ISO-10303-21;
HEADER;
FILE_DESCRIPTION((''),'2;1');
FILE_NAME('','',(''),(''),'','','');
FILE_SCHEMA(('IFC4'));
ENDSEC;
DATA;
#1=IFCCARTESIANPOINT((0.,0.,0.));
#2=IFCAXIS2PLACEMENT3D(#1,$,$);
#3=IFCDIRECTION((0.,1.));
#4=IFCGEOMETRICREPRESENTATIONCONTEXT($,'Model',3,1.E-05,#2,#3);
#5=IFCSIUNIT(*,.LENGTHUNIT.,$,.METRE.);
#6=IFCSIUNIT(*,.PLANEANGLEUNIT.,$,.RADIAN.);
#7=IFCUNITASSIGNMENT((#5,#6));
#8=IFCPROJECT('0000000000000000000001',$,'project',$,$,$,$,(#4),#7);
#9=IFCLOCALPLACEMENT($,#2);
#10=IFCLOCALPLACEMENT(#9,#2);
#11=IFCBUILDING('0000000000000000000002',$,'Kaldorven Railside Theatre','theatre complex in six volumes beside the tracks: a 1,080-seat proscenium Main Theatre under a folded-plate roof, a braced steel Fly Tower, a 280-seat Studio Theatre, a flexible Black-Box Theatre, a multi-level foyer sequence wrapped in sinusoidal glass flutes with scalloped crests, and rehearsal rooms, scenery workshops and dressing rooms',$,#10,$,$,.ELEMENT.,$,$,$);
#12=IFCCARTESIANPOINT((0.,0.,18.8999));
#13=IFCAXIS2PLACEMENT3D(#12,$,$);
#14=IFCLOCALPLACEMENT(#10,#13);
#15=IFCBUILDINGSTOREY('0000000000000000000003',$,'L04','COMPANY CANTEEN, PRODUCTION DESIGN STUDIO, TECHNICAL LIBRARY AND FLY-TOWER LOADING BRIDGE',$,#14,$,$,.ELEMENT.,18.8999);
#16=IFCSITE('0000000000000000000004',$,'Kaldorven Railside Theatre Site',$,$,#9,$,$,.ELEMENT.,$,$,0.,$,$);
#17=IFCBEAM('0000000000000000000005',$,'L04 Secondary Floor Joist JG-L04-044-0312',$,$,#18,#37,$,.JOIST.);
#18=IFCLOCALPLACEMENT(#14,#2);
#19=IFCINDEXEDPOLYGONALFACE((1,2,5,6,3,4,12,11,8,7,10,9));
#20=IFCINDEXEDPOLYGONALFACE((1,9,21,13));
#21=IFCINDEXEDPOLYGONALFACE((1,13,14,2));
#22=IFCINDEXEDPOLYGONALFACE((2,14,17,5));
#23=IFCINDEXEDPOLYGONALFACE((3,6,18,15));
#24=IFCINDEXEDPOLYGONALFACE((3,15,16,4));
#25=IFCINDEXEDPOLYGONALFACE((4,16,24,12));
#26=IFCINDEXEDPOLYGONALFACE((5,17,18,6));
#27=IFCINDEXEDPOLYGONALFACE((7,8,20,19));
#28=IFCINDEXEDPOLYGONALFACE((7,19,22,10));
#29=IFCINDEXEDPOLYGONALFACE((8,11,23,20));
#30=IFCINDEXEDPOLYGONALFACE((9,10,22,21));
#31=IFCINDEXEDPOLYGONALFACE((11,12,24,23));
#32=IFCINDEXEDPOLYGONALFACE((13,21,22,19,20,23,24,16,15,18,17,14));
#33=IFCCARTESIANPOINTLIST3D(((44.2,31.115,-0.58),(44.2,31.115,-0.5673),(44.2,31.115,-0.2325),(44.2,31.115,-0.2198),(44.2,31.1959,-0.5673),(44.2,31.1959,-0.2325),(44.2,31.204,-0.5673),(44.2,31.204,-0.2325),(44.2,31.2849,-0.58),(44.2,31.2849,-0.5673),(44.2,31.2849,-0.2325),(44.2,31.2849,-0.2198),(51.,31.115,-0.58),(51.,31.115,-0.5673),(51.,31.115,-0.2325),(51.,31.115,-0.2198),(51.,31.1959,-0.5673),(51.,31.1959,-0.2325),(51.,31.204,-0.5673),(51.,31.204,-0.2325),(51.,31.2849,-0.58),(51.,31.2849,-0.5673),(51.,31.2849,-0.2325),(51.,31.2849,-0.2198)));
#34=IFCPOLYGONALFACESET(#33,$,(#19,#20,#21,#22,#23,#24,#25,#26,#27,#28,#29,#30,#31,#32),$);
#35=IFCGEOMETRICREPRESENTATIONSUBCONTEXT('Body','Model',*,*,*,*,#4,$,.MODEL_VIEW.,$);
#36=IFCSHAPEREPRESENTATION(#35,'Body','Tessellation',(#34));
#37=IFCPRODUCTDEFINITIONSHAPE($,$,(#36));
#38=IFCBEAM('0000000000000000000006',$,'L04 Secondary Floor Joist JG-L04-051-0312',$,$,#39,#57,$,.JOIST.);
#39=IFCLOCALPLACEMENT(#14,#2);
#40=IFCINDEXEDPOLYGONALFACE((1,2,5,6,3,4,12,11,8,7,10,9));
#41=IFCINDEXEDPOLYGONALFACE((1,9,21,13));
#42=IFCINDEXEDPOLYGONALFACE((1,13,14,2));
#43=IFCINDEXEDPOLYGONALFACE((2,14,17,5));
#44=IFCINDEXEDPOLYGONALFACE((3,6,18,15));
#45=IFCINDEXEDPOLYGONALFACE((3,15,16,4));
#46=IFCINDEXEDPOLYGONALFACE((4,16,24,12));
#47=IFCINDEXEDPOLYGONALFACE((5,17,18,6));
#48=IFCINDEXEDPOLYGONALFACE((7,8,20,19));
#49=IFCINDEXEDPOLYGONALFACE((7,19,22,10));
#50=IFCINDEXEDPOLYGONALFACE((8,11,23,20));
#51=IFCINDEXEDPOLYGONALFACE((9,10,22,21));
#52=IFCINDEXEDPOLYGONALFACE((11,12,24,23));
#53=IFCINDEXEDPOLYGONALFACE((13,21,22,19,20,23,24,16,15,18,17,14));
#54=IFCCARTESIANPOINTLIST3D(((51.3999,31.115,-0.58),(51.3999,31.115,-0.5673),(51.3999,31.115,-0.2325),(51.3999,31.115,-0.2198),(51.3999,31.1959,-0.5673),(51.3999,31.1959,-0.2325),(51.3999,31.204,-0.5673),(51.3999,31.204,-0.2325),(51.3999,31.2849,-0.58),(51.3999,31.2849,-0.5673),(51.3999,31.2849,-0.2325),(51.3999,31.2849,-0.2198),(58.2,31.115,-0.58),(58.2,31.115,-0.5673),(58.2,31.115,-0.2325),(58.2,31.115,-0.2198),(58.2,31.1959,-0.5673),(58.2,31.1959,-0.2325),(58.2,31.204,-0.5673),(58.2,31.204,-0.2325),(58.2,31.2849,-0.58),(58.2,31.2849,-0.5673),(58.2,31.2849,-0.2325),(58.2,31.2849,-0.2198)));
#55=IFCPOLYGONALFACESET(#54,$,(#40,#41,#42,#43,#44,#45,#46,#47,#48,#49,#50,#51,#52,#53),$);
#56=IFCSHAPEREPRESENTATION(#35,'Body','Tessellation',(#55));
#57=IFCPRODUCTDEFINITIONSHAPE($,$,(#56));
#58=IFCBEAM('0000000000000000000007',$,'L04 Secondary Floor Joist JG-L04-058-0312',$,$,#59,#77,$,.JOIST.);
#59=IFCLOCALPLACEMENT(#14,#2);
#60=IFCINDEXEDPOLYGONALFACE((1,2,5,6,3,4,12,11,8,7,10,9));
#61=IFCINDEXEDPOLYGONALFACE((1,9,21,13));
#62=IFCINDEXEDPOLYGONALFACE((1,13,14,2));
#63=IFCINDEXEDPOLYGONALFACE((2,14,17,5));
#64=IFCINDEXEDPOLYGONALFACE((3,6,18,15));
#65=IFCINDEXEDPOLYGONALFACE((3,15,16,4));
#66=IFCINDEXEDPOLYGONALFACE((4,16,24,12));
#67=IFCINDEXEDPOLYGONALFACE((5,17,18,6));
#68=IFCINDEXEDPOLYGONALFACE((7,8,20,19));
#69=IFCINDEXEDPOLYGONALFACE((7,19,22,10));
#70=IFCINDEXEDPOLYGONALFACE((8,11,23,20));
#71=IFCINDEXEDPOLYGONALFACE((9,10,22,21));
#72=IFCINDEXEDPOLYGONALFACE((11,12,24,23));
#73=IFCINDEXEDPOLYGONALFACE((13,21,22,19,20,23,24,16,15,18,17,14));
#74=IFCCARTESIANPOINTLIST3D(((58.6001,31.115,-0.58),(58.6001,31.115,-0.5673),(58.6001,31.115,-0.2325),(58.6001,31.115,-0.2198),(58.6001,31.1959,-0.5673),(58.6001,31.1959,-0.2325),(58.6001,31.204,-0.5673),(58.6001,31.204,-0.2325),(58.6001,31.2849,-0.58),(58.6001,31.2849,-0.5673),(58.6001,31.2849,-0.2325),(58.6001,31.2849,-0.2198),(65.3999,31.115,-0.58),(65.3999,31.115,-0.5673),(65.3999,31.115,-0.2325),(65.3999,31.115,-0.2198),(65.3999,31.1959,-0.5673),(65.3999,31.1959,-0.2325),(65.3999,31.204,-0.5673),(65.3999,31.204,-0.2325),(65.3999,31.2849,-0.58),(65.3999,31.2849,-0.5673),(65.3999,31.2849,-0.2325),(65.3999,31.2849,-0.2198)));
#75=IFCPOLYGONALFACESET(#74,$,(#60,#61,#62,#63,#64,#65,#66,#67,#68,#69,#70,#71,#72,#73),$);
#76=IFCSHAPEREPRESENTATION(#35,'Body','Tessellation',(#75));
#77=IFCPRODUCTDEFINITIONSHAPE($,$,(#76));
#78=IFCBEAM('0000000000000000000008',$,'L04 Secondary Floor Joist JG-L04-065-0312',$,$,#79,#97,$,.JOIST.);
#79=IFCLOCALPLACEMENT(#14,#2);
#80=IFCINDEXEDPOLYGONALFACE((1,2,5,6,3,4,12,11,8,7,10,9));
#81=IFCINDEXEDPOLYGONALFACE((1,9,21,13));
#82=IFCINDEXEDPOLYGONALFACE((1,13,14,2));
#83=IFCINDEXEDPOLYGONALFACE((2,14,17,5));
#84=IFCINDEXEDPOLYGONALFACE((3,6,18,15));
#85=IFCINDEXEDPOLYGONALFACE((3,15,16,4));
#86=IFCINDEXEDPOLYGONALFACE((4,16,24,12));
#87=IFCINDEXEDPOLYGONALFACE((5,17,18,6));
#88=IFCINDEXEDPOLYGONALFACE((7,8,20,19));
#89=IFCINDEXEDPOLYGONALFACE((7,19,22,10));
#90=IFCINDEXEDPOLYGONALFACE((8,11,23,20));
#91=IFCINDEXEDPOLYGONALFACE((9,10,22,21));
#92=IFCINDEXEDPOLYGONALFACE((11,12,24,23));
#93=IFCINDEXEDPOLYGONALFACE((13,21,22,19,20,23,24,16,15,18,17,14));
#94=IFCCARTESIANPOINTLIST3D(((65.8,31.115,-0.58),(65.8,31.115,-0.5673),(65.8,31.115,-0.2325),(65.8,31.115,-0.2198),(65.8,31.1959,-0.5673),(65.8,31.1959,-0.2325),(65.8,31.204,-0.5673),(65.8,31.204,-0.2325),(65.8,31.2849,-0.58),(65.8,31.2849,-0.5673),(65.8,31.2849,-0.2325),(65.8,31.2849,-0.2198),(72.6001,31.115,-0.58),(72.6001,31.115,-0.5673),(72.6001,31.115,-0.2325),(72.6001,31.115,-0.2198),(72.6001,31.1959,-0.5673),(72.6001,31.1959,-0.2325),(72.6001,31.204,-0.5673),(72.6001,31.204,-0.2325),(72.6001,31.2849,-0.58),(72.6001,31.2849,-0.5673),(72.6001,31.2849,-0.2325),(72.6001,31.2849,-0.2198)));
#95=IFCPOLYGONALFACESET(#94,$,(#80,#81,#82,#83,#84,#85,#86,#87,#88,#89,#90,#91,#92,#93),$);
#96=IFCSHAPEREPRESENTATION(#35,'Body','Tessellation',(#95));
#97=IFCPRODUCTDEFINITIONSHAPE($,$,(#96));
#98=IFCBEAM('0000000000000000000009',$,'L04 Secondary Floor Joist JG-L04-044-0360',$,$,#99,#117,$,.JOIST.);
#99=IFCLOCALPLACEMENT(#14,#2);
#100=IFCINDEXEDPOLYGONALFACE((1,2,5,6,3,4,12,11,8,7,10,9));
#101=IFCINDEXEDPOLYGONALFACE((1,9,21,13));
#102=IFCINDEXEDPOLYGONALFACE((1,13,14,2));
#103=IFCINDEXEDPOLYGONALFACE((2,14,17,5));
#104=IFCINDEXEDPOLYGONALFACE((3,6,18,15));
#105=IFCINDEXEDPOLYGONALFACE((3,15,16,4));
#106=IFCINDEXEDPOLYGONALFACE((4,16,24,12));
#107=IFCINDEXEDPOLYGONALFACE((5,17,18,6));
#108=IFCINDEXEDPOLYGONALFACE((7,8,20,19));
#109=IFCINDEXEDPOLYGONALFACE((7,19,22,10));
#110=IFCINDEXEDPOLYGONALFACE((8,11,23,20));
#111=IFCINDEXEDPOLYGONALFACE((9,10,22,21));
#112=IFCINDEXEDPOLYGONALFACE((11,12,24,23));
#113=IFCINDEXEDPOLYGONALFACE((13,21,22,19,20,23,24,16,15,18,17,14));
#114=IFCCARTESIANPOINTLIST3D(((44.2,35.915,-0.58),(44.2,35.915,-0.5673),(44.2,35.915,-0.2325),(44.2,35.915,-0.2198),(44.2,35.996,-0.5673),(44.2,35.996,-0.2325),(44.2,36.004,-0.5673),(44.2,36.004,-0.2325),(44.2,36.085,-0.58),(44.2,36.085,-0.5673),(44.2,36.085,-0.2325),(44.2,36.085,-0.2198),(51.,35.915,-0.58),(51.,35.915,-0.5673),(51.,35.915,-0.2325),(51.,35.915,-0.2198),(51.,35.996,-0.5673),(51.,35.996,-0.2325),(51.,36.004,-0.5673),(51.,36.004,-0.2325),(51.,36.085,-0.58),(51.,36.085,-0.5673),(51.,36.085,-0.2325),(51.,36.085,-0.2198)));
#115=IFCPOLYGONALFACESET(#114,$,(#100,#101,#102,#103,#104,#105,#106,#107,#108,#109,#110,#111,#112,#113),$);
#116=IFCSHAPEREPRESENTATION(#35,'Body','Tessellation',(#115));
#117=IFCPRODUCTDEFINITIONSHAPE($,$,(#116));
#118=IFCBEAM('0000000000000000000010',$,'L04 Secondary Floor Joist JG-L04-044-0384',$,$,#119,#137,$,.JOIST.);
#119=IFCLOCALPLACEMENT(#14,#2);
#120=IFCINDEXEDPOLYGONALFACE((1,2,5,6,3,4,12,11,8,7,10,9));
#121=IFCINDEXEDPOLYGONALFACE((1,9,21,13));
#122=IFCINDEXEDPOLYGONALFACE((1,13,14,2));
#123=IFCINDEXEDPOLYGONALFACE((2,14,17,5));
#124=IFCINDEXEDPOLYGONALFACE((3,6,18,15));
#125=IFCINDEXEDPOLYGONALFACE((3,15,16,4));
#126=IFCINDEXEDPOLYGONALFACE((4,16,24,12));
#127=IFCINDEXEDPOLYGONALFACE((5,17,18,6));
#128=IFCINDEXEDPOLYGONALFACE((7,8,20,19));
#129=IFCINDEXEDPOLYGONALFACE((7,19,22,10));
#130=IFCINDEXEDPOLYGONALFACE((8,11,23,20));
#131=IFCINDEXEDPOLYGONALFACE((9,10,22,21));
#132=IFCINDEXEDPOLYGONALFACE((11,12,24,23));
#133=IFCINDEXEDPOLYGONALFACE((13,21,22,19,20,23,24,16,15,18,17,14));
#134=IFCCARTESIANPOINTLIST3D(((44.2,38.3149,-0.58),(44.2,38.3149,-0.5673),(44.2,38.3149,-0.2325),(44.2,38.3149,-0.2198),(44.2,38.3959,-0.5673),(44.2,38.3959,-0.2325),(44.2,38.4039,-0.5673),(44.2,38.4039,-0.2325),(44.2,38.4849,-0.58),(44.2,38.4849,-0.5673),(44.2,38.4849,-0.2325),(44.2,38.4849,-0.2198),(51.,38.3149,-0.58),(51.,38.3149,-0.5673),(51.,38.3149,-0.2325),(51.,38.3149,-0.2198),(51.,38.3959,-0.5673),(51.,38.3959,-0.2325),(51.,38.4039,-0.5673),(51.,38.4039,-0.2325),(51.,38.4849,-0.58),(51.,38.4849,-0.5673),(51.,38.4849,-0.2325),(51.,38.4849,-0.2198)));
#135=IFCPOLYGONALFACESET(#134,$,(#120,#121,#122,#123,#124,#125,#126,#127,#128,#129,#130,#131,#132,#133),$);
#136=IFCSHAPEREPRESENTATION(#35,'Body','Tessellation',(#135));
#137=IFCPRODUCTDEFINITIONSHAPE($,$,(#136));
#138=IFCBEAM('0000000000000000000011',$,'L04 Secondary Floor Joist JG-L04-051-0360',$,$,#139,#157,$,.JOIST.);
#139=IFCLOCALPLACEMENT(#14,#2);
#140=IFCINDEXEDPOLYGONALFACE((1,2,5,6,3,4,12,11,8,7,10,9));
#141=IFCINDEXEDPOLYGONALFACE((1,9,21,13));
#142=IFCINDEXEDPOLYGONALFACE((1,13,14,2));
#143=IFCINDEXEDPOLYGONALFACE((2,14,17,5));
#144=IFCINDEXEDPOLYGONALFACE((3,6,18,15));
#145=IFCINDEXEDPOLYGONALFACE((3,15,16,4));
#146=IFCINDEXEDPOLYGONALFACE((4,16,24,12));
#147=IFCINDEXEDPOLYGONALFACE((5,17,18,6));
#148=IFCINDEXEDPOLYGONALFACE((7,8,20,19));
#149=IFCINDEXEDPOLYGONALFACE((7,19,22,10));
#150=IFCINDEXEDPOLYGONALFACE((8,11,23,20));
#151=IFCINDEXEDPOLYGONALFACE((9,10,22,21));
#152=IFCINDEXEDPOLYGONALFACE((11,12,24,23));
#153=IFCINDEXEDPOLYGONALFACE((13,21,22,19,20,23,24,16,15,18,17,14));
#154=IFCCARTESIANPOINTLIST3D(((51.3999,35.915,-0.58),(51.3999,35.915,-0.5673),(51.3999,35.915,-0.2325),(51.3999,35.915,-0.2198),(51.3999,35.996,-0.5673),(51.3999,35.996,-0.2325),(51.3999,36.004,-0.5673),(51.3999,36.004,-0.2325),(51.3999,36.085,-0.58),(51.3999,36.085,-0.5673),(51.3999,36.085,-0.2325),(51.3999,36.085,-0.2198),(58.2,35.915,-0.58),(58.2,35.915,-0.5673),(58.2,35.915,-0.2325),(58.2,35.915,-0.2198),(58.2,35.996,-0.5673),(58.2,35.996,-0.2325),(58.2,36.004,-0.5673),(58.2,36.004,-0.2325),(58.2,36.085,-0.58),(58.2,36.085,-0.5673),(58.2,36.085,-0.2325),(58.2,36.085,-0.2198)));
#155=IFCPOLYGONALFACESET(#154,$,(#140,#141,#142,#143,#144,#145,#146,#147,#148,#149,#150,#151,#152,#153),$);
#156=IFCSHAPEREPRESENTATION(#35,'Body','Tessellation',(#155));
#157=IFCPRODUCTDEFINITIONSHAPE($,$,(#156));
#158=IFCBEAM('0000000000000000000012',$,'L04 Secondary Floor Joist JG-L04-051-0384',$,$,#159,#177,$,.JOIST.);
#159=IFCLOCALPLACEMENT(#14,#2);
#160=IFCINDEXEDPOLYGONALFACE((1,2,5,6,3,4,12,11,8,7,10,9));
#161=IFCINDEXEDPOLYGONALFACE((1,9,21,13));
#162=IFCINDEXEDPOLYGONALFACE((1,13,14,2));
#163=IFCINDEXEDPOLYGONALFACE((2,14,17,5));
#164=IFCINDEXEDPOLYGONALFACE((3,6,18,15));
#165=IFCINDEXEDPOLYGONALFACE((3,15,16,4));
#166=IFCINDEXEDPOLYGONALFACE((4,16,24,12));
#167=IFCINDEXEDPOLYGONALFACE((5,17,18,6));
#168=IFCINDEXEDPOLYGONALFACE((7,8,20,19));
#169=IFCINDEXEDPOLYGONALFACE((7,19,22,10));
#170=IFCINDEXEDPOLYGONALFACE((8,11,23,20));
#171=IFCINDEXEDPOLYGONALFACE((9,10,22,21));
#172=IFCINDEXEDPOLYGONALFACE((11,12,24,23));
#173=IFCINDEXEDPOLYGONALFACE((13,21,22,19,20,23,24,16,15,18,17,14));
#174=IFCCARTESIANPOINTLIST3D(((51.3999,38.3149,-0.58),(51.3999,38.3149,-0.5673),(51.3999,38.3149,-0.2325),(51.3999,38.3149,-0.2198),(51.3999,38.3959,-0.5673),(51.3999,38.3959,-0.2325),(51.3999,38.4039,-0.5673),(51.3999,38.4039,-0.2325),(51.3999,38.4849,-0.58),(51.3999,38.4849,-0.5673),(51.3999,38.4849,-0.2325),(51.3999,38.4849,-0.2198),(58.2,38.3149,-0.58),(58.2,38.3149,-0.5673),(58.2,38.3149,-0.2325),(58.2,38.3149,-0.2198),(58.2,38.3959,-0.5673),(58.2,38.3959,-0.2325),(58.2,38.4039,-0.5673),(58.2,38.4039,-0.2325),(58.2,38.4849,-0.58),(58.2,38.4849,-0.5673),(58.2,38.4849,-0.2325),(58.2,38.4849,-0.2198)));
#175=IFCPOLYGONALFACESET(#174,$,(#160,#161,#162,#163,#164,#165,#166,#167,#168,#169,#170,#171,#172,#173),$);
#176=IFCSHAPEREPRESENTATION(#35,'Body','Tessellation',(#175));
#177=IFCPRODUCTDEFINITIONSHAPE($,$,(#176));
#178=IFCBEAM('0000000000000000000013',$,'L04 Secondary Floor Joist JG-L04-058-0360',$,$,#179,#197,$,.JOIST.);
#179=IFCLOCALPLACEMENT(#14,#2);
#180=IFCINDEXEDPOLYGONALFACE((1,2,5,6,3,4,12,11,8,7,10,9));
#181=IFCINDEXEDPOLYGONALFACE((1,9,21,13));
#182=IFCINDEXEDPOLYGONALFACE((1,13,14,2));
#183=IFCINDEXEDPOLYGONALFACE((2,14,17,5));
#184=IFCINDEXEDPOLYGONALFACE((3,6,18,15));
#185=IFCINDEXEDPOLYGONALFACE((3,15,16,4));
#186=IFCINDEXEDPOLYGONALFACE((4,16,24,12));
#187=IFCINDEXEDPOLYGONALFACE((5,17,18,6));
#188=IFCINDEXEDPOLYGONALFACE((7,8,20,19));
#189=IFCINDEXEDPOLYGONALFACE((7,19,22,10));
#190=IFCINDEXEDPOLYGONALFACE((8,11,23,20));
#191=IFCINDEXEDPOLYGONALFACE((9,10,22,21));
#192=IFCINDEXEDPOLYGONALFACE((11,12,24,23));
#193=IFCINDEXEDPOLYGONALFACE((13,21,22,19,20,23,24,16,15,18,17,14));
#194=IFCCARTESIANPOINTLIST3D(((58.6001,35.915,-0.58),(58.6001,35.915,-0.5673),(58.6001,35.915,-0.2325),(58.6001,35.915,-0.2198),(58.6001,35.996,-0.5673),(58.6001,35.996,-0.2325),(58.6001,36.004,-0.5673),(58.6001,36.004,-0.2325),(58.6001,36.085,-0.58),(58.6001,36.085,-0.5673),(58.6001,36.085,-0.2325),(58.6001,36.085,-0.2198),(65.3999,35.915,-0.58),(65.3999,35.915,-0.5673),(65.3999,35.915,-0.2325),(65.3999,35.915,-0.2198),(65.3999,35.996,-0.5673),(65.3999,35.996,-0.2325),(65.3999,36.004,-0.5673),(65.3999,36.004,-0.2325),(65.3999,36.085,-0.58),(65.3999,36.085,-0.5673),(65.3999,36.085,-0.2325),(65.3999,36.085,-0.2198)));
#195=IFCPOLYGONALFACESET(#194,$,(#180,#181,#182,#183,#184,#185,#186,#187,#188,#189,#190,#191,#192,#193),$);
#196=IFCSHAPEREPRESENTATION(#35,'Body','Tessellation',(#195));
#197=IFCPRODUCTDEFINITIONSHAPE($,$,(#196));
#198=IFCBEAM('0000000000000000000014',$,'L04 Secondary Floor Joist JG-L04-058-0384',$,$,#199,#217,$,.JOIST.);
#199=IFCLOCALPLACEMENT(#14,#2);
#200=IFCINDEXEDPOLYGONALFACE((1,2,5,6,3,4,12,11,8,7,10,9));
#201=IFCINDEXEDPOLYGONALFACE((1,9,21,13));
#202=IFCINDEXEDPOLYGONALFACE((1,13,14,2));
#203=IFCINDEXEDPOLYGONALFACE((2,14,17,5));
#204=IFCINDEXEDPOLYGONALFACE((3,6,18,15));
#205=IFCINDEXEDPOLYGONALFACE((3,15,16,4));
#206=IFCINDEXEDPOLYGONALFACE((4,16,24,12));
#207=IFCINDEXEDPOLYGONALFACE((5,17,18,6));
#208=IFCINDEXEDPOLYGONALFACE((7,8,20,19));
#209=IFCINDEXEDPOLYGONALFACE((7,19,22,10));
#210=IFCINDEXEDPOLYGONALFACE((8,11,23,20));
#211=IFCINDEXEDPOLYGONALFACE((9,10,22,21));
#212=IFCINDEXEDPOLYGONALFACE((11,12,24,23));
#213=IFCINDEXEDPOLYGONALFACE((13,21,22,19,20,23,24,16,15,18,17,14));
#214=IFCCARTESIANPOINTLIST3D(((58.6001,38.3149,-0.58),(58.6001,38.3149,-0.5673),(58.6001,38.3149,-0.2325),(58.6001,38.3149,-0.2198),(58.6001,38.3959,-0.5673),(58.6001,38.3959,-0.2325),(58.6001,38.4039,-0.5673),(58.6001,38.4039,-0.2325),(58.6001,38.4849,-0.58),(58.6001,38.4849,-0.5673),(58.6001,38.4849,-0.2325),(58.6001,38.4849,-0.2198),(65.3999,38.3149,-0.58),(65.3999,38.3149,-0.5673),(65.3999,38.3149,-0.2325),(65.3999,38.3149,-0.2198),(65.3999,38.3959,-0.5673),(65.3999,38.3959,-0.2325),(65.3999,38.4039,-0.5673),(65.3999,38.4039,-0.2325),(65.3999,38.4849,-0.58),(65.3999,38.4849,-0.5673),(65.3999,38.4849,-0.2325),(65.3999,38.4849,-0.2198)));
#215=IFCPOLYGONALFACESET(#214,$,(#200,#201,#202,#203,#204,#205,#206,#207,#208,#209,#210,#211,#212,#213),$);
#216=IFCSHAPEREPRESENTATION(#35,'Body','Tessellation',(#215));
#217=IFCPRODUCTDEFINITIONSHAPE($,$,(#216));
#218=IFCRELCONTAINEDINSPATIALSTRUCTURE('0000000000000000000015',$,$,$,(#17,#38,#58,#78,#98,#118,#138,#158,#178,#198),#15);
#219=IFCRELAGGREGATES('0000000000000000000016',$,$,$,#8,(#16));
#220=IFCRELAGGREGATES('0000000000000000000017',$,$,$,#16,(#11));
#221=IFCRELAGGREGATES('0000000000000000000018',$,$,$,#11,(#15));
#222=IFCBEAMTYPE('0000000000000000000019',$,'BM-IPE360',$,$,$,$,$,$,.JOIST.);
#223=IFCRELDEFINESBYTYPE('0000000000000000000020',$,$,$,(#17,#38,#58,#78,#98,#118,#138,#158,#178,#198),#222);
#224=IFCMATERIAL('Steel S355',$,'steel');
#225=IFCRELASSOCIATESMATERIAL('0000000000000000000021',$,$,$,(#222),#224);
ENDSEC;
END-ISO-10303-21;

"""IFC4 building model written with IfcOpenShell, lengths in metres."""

from ifc_helpers import new_model, si_unit, direction, frame, origin, origin_2d, place, context, subcontext, project, spatial, i_section, extrude, material, material_profile, profile_set, type_object, element, save


model = new_model("IFC4")

# Units and contexts
model_context = context("Model", 3, precision=1e-05, world=origin(), true_north=direction((0.0, 1.0)))
body_context = subcontext(model_context, "Body", "Model", "MODEL_VIEW")
ifc_project = project(units=[si_unit("LENGTHUNIT", "METRE"), si_unit("PLANEANGLEUNIT", "RADIAN")], contexts=[model_context])

# Site, building, storey
site_placement = place(None, origin())
site = spatial("IfcSite", under=ifc_project, at=site_placement, Name="Kaldorven Railside Theatre Site", CompositionType="ELEMENT", RefElevation=0.0)
building_placement = place(site_placement, origin())
building = spatial("IfcBuilding", under=site, at=building_placement, Name="Kaldorven Railside Theatre", Description="theatre complex in six volumes beside the tracks: a 1,080-seat proscenium Main Theatre under a folded-plate roof, a braced steel Fly Tower, a 280-seat Studio Theatre, a flexible Black-Box Theatre, a multi-level foyer sequence wrapped in sinusoidal glass flutes with scalloped crests, and rehearsal rooms, scenery workshops and dressing rooms", CompositionType="ELEMENT")
storey_placement = place(building_placement, frame((0.0, 0.0, 18.8999)))
storey = spatial("IfcBuildingStorey", under=building, at=storey_placement, Name="L04", Description="COMPANY CANTEEN, PRODUCTION DESIGN STUDIO, TECHNICAL LIBRARY AND FLY-TOWER LOADING BRIDGE", CompositionType="ELEMENT", Elevation=18.8999)

# Beams
ifc_material_1 = material(Name="Steel S355", Category="steel")
ifc_material_profile_1 = material_profile(ifc_material_1, i_section(OverallWidth=0.1699, OverallDepth=0.3601, WebThickness=0.0081, FlangeThickness=0.0127, at=origin_2d()), Name="IPE 360")
ifc_profile_set_1 = profile_set([ifc_material_profile_1], Name="Steel S355")
beam_type_1 = type_object("IfcBeamType", Name="BM-IPE360", PredefinedType="JOIST", material=ifc_profile_set_1)
for number, where, z_axis, x_axis, name in (
    (1, (44.2, 31.2, -0.3999), (1.0, 0.0, 0.0), (0.0, 1.0, 0.0), "L04 Secondary Floor Joist JG-L04-044-0312"),
    (2, (51.3999, 31.2, -0.3999), (1.0, 0.0, 0.0), (0.0, 1.0, 0.0), "L04 Secondary Floor Joist JG-L04-051-0312"),
):
    element("IfcBeam", number, at=place(storey_placement, frame(where, z_axis=z_axis, x_axis=x_axis)), inside=storey, type_object=beam_type_1, Name=name, PredefinedType="JOIST", context=body_context, shape_type="SweptSolid", body=[
        extrude(i_section(OverallWidth=0.1699, OverallDepth=0.3601, WebThickness=0.0081, FlangeThickness=0.0127, at=origin_2d()), origin(), (0.0, 0.0, 1.0), 6.8),
    ])
beam_1_placement = place(storey_placement, frame((58.6001, 31.2, -0.3999), z_axis=(1.0, 0.0, 0.0), x_axis=(0.0, 1.0, 0.0)))
element("IfcBeam", 3, at=beam_1_placement, inside=storey, type_object=beam_type_1, Name="L04 Secondary Floor Joist JG-L04-058-0312", PredefinedType="JOIST", context=body_context, shape_type="SweptSolid", body=[
    extrude(i_section(OverallWidth=0.1699, OverallDepth=0.3601, WebThickness=0.0081, FlangeThickness=0.0127, at=origin_2d()), origin(), (0.0, 0.0, 1.0), 6.7998),
])
for number, where, z_axis, x_axis, name in (
    (4, (65.8, 31.2, -0.3999), (1.0, 0.0, 0.0), (0.0, 1.0, 0.0), "L04 Secondary Floor Joist JG-L04-065-0312"),
    (5, (44.2, 36.0, -0.3999), (1.0, 0.0, 0.0), (0.0, 1.0, 0.0), "L04 Secondary Floor Joist JG-L04-044-0360"),
    (6, (44.2, 38.3999, -0.3999), (1.0, 0.0, 0.0), (0.0, 1.0, 0.0), "L04 Secondary Floor Joist JG-L04-044-0384"),
    (7, (51.3999, 36.0, -0.3999), (1.0, 0.0, 0.0), (0.0, 1.0, 0.0), "L04 Secondary Floor Joist JG-L04-051-0360"),
    (8, (51.3999, 38.3999, -0.3999), (1.0, 0.0, 0.0), (0.0, 1.0, 0.0), "L04 Secondary Floor Joist JG-L04-051-0384"),
):
    element("IfcBeam", number, at=place(storey_placement, frame(where, z_axis=z_axis, x_axis=x_axis)), inside=storey, type_object=beam_type_1, Name=name, PredefinedType="JOIST", context=body_context, shape_type="SweptSolid", body=[
        extrude(i_section(OverallWidth=0.1699, OverallDepth=0.3601, WebThickness=0.0081, FlangeThickness=0.0127, at=origin_2d()), origin(), (0.0, 0.0, 1.0), 6.8),
    ])
for number, where, z_axis, x_axis, name in (
    (9, (58.6001, 36.0, -0.3999), (1.0, 0.0, 0.0), (0.0, 1.0, 0.0), "L04 Secondary Floor Joist JG-L04-058-0360"),
    (10, (58.6001, 38.3999, -0.3999), (1.0, 0.0, 0.0), (0.0, 1.0, 0.0), "L04 Secondary Floor Joist JG-L04-058-0384"),
):
    element("IfcBeam", number, at=place(storey_placement, frame(where, z_axis=z_axis, x_axis=x_axis)), inside=storey, type_object=beam_type_1, Name=name, PredefinedType="JOIST", context=body_context, shape_type="SweptSolid", body=[
        extrude(i_section(OverallWidth=0.1699, OverallDepth=0.3601, WebThickness=0.0081, FlangeThickness=0.0127, at=origin_2d()), origin(), (0.0, 0.0, 1.0), 6.7998),
    ])

save(model, "model.ifc")
